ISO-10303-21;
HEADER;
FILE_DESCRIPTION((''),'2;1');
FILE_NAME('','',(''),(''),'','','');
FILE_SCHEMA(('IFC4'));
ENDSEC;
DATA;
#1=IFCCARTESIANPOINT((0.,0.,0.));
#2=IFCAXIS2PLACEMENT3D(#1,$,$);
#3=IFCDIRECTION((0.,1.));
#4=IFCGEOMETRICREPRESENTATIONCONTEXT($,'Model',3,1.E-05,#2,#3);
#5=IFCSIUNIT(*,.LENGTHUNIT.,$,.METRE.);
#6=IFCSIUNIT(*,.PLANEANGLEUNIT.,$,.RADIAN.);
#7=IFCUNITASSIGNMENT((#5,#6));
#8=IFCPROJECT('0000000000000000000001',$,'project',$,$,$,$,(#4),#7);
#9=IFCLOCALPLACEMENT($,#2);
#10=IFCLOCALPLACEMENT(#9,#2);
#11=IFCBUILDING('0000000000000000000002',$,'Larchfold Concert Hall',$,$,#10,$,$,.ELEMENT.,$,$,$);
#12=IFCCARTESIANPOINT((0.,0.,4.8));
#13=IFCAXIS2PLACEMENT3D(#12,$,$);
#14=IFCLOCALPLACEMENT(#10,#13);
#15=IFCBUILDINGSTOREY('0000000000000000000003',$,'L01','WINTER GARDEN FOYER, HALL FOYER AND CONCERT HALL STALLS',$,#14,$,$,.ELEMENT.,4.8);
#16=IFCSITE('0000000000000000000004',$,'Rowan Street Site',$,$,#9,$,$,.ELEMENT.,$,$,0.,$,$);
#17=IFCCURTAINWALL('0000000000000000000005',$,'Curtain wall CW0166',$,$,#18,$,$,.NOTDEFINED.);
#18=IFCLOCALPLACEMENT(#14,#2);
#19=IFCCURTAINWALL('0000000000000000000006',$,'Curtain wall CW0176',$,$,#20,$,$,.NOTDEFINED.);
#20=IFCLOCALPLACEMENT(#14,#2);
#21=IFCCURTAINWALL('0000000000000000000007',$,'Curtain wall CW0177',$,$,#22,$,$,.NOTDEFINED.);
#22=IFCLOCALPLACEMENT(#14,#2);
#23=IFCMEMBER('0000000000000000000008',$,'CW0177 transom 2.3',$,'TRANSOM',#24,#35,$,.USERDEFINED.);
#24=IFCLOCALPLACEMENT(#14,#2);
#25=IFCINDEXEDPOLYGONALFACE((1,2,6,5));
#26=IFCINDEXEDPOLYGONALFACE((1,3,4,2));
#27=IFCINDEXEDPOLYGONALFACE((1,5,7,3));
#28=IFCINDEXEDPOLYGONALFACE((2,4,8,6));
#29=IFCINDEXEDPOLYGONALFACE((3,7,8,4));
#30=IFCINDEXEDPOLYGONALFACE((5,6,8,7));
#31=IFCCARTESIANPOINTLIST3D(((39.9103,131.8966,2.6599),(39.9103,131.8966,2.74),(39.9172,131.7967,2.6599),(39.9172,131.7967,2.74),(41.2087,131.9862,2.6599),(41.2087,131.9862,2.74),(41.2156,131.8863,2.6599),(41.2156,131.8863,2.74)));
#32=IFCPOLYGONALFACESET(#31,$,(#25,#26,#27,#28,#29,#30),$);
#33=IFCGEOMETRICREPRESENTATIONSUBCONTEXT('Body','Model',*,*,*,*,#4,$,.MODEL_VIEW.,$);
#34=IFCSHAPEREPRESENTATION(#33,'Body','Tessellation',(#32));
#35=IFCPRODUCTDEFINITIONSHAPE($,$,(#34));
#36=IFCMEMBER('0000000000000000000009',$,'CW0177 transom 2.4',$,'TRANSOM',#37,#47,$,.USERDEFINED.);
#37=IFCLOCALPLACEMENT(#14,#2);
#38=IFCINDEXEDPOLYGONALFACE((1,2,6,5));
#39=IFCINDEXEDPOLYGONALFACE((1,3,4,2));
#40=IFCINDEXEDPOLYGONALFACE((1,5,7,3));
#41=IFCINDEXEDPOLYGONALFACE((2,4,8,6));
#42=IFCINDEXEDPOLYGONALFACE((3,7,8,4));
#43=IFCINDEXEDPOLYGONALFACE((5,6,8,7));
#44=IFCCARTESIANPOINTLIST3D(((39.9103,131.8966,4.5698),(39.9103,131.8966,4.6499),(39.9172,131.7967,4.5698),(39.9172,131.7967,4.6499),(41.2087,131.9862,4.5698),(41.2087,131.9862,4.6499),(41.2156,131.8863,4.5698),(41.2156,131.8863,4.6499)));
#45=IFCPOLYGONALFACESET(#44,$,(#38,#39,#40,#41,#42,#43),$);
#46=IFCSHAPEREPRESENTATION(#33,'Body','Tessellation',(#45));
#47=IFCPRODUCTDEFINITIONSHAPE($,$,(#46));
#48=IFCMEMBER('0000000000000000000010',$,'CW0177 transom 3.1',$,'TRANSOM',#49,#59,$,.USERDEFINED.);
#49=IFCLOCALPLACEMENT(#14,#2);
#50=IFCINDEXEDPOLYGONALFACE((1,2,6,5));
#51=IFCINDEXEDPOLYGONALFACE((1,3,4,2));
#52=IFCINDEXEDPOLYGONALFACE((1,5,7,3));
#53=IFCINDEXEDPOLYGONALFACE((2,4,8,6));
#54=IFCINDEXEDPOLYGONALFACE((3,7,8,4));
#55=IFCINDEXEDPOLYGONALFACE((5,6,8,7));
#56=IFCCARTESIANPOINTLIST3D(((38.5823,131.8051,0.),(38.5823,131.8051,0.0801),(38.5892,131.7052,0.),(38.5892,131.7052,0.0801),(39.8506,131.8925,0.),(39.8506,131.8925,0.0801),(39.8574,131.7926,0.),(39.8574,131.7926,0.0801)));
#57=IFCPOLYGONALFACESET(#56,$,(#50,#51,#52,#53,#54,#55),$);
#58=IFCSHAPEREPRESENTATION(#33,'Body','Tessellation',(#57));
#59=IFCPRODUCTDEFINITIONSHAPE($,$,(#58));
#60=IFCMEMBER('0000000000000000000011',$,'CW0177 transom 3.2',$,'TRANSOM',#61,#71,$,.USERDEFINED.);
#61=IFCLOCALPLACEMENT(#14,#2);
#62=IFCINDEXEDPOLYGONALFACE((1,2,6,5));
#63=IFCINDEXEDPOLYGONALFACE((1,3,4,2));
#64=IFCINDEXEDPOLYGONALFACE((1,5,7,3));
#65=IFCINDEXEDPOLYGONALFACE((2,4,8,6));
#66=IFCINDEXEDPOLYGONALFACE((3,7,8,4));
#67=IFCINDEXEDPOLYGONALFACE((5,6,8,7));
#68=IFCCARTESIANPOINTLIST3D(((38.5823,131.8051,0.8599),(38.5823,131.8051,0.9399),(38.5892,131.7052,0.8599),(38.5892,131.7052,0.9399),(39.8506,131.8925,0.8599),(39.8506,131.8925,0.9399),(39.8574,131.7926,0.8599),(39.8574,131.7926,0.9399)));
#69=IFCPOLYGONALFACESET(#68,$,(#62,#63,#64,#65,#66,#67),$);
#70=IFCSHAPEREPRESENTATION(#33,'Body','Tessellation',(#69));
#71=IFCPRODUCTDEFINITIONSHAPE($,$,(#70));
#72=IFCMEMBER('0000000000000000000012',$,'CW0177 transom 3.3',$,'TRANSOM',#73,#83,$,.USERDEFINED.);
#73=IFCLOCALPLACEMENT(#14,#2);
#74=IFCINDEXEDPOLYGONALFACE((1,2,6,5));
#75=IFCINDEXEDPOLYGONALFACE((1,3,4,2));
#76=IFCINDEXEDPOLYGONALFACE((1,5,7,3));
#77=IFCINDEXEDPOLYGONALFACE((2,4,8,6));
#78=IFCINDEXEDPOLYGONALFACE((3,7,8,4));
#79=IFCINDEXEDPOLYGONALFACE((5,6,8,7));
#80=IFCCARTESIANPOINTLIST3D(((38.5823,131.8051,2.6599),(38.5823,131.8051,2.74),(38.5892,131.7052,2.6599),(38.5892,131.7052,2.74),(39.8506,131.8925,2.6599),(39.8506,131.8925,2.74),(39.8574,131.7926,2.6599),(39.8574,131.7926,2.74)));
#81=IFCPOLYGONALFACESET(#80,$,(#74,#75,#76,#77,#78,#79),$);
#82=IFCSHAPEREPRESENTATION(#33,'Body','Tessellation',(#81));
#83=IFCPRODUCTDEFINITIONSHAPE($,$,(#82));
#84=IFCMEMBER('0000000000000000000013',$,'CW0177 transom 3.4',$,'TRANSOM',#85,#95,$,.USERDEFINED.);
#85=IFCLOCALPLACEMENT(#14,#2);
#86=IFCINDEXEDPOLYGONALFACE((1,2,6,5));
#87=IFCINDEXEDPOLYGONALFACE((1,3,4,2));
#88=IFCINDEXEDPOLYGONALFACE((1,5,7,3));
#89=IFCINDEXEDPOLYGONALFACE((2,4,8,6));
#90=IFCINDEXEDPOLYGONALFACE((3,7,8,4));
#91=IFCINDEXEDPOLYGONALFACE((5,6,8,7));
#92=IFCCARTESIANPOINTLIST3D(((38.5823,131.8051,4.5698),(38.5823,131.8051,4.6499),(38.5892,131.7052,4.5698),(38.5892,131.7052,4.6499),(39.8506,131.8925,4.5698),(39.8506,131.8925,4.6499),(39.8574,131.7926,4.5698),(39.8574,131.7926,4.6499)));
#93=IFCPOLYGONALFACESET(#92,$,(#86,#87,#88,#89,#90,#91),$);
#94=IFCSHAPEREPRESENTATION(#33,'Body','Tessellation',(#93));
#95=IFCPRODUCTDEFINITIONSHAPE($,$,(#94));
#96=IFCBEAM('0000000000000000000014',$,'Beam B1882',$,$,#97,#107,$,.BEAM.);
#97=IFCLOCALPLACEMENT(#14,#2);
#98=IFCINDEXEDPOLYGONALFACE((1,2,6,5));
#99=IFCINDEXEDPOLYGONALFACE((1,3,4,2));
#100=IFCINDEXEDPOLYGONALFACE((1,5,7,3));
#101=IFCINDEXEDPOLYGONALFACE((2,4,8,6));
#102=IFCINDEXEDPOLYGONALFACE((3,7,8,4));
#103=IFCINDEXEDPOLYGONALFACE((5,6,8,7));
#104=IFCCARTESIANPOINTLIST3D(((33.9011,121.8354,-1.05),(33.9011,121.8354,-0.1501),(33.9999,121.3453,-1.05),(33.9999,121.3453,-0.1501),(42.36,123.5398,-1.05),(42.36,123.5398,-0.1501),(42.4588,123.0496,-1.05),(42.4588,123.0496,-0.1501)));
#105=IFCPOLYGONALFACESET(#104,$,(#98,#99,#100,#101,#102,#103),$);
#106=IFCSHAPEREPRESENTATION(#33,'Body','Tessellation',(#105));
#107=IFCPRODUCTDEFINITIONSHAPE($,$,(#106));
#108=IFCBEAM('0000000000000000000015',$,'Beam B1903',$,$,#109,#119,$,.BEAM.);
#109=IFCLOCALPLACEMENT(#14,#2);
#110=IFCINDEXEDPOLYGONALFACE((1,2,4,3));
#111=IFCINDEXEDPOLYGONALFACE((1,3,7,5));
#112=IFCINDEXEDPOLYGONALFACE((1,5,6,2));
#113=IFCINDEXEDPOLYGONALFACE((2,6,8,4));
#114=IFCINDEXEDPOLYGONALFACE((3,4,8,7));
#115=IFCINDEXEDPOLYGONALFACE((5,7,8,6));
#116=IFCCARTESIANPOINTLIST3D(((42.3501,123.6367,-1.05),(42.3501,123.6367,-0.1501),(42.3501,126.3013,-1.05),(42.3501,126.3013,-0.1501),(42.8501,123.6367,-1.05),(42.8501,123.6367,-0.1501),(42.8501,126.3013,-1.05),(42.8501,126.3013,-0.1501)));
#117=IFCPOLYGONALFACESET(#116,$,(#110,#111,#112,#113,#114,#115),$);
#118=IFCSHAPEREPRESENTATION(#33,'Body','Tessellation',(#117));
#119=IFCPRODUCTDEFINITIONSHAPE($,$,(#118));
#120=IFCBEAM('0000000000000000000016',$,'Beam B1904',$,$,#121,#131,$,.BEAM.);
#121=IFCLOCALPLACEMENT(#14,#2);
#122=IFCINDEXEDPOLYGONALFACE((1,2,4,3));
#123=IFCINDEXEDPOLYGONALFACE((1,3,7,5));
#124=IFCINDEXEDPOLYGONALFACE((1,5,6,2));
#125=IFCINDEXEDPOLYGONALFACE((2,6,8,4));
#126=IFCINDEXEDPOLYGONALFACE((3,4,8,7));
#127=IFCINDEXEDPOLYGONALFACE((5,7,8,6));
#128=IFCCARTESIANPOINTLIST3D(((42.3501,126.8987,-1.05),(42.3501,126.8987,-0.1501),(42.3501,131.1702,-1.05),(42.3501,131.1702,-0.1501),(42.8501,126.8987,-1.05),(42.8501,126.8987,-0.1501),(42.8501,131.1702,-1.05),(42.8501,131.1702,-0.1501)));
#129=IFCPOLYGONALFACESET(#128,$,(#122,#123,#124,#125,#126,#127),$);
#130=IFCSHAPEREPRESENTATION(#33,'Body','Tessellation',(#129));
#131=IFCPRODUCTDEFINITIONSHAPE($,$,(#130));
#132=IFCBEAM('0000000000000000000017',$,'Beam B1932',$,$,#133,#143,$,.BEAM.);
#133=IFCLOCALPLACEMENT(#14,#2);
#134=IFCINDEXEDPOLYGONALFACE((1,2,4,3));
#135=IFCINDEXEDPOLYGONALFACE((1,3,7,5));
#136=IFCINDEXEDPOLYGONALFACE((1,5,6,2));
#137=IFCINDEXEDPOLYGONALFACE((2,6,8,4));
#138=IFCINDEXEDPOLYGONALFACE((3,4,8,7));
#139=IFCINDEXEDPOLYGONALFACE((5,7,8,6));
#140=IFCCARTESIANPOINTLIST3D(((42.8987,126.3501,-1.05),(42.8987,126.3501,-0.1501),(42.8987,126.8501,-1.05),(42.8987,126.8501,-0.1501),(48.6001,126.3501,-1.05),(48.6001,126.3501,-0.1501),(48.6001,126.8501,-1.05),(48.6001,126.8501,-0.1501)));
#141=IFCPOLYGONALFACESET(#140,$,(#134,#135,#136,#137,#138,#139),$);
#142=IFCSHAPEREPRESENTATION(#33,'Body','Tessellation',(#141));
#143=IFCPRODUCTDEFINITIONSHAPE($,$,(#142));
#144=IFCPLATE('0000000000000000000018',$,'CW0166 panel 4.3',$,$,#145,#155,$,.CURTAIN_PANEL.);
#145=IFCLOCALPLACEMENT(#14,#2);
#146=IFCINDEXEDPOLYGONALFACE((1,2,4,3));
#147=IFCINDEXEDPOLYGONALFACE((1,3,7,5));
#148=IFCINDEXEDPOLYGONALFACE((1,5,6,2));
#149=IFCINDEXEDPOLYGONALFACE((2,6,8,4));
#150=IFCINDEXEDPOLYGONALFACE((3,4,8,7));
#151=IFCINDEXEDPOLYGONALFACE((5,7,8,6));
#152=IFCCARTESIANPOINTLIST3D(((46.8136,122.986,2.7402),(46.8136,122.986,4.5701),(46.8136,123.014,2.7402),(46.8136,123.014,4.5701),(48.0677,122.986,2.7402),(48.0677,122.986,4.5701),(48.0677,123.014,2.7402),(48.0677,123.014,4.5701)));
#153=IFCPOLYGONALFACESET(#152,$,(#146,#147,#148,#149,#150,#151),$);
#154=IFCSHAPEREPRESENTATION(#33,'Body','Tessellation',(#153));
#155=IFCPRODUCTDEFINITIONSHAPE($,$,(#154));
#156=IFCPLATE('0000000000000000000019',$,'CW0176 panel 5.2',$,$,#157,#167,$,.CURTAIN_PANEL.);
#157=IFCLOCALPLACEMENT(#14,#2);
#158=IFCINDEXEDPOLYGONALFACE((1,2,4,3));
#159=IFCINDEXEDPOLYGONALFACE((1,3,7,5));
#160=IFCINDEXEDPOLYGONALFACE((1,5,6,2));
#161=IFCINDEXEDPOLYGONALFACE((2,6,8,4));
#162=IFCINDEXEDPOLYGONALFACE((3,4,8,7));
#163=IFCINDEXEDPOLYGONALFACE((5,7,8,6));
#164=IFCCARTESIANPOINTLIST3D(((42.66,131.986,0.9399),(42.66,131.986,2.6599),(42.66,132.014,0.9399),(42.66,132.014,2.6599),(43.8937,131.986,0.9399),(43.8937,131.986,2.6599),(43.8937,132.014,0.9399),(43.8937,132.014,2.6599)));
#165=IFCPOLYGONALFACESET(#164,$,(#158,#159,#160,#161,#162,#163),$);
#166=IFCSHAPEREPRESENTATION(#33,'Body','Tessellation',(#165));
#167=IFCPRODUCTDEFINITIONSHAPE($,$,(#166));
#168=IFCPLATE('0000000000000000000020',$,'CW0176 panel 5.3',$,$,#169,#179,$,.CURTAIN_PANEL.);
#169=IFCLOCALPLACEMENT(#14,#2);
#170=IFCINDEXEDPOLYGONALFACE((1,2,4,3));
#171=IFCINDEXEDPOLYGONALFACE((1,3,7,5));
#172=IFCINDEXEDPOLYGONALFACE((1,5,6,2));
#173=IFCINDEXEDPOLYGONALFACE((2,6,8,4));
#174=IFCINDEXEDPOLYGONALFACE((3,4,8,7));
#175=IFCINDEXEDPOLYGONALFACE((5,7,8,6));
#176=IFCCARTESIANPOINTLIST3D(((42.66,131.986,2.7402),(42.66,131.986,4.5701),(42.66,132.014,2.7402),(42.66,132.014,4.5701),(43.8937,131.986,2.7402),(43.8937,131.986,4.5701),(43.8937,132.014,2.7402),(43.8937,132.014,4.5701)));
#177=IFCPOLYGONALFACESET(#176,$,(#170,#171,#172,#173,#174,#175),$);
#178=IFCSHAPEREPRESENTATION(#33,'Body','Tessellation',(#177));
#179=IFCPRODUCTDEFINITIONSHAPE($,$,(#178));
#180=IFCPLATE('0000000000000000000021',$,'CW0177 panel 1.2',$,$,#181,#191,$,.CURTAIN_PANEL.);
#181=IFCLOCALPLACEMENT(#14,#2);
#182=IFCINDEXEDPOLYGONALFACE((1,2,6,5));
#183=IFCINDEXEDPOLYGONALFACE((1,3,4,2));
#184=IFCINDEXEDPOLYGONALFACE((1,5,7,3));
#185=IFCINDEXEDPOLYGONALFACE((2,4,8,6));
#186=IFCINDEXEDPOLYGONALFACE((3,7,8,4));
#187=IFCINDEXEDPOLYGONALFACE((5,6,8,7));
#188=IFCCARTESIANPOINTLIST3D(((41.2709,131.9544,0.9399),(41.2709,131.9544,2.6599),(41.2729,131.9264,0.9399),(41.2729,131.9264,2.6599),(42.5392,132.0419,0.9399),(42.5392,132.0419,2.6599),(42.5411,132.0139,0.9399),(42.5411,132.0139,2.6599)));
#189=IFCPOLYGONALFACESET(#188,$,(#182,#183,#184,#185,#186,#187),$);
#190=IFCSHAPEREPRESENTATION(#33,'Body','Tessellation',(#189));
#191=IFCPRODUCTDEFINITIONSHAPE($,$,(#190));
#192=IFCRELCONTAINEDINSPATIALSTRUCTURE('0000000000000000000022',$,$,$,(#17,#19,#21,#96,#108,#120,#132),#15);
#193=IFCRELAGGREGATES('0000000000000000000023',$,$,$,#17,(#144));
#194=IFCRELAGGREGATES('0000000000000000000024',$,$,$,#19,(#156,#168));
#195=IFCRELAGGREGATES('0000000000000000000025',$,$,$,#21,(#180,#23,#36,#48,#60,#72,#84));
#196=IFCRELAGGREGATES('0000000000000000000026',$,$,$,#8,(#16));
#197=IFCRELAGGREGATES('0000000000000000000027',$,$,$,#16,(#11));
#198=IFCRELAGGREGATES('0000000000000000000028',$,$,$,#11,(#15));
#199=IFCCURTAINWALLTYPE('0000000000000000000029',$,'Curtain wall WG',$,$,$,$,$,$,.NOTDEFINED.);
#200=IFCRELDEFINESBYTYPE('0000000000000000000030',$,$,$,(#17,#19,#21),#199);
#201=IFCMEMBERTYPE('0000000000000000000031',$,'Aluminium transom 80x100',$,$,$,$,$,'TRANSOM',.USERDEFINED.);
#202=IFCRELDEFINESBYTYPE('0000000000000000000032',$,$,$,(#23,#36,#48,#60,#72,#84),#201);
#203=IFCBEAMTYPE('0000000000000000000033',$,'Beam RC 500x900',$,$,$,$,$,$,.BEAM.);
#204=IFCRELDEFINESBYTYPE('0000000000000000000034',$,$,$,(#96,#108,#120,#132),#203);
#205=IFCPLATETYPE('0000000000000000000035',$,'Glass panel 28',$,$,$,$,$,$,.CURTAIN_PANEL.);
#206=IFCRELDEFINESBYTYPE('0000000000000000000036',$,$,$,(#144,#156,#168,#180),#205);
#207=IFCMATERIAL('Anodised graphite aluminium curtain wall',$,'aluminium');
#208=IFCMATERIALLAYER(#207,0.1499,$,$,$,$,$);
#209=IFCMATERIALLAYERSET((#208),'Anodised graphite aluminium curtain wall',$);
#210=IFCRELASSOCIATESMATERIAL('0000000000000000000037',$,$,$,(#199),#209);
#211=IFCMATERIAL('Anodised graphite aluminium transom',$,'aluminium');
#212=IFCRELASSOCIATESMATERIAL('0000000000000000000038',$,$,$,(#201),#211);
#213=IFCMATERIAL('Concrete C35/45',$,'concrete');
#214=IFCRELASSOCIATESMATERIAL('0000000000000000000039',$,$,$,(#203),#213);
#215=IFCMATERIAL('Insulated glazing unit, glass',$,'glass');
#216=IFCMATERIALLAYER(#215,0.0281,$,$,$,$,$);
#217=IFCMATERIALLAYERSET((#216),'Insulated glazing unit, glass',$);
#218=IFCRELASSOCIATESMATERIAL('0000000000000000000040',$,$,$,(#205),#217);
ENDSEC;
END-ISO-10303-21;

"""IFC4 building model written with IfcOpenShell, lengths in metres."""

from ifc_helpers import new_model, si_unit, direction, frame, origin, origin_2d, place, context, subcontext, project, spatial, rectangle, extrude, material, layer, layer_set, material_profile, profile_set, type_object, element, aggregate, save


model = new_model("IFC4")

# Units and contexts
model_context = context("Model", 3, precision=1e-05, world=origin(), true_north=direction((0.0, 1.0)))
body_context = subcontext(model_context, "Body", "Model", "MODEL_VIEW")
ifc_project = project(units=[si_unit("LENGTHUNIT", "METRE"), si_unit("PLANEANGLEUNIT", "RADIAN")], contexts=[model_context])

# Site, building, storey
site_placement = place(None, origin())
site = spatial("IfcSite", under=ifc_project, at=site_placement, Name="Rowan Street Site", CompositionType="ELEMENT", RefElevation=0.0)
building_placement = place(site_placement, origin())
building = spatial("IfcBuilding", under=site, at=building_placement, Name="Larchfold Concert Hall", CompositionType="ELEMENT")
storey_placement = place(building_placement, frame((0.0, 0.0, 4.8)))
storey = spatial("IfcBuildingStorey", under=building, at=storey_placement, Name="L01", Description="WINTER GARDEN FOYER, HALL FOYER AND CONCERT HALL STALLS", CompositionType="ELEMENT", Elevation=4.8)

# Curtain walls
ifc_material_1 = material(Name="Anodised graphite aluminium curtain wall", Category="aluminium")
ifc_layer_1 = layer(ifc_material_1, 0.1499)
ifc_layer_set_1 = layer_set([ifc_layer_1], Name="Anodised graphite aluminium curtain wall")
curtain_wall_type = type_object("IfcCurtainWallType", Name="Curtain wall WG", PredefinedType="NOTDEFINED", material=ifc_layer_set_1)
curtain_wall_1_placement = place(storey_placement, origin())
curtain_wall_1 = element("IfcCurtainWall", 1, at=curtain_wall_1_placement, inside=storey, type_object=curtain_wall_type, Name="Curtain wall CW0166", PredefinedType="NOTDEFINED")
curtain_wall_2_placement = place(storey_placement, origin())
curtain_wall_2 = element("IfcCurtainWall", 2, at=curtain_wall_2_placement, inside=storey, type_object=curtain_wall_type, Name="Curtain wall CW0176", PredefinedType="NOTDEFINED")

# Curtain wall
curtain_wall_3_placement = place(storey_placement, origin())
curtain_wall_3 = element("IfcCurtainWall", 3, at=curtain_wall_3_placement, inside=storey, type_object=curtain_wall_type, Name="Curtain wall CW0177", PredefinedType="NOTDEFINED")

# Members
ifc_material_2 = material(Name="Anodised graphite aluminium transom", Category="aluminium")
ifc_material_profile_1 = material_profile(ifc_material_2, rectangle(XDim=0.1001, YDim=0.0801, at=origin_2d()))
ifc_profile_set_1 = profile_set([ifc_material_profile_1], Name="Anodised graphite aluminium transom")
member_type_1 = type_object("IfcMemberType", Name="Aluminium transom 80x100", ElementType="TRANSOM", PredefinedType="USERDEFINED", material=ifc_profile_set_1)
member_1_placement = place(storey_placement, frame((41.2122, 131.9363, 2.7), z_axis=(-0.997627, -0.068847, 0.0), x_axis=(0.068847, -0.997627, 0.0)))
member_1 = element("IfcMember", 4, at=member_1_placement, type_object=member_type_1, Name="CW0177 transom 2.3", ObjectType="TRANSOM", PredefinedType="USERDEFINED", context=body_context, shape_type="SweptSolid", body=[
    extrude(rectangle(XDim=0.1001, YDim=0.0801, at=origin_2d()), origin(), (0.0, 0.0, 1.0), 1.3015),
])
member_2_placement = place(storey_placement, frame((41.2122, 131.9363, 4.6099), z_axis=(-0.997627, -0.068847, 0.0), x_axis=(0.068847, -0.997627, 0.0)))
member_2 = element("IfcMember", 5, at=member_2_placement, type_object=member_type_1, Name="CW0177 transom 2.4", ObjectType="TRANSOM", PredefinedType="USERDEFINED", context=body_context, shape_type="SweptSolid", body=[
    extrude(rectangle(XDim=0.1001, YDim=0.0801, at=origin_2d()), origin(), (0.0, 0.0, 1.0), 1.3015),
])
member_3_placement = place(storey_placement, frame((39.854, 131.8425, 0.04), z_axis=(-0.997634, -0.068749, 0.0), x_axis=(0.068749, -0.997634, 0.0)))
member_3 = element("IfcMember", 6, at=member_3_placement, type_object=member_type_1, Name="CW0177 transom 3.1", ObjectType="TRANSOM", PredefinedType="USERDEFINED", context=body_context, shape_type="SweptSolid", body=[
    extrude(rectangle(XDim=0.1001, YDim=0.0801, at=origin_2d()), origin(), (0.0, 0.0, 1.0), 1.2712),
])
member_4_placement = place(storey_placement, frame((39.854, 131.8425, 0.8999), z_axis=(-0.997634, -0.068749, 0.0), x_axis=(0.068749, -0.997634, 0.0)))
member_4 = element("IfcMember", 7, at=member_4_placement, type_object=member_type_1, Name="CW0177 transom 3.2", ObjectType="TRANSOM", PredefinedType="USERDEFINED", context=body_context, shape_type="SweptSolid", body=[
    extrude(rectangle(XDim=0.1001, YDim=0.0801, at=origin_2d()), origin(), (0.0, 0.0, 1.0), 1.2712),
])
member_5_placement = place(storey_placement, frame((39.854, 131.8425, 2.7), z_axis=(-0.997634, -0.068749, 0.0), x_axis=(0.068749, -0.997634, 0.0)))
member_5 = element("IfcMember", 8, at=member_5_placement, type_object=member_type_1, Name="CW0177 transom 3.3", ObjectType="TRANSOM", PredefinedType="USERDEFINED", context=body_context, shape_type="SweptSolid", body=[
    extrude(rectangle(XDim=0.1001, YDim=0.0801, at=origin_2d()), origin(), (0.0, 0.0, 1.0), 1.2712),
])
member_6_placement = place(storey_placement, frame((39.854, 131.8425, 4.6099), z_axis=(-0.997634, -0.068749, 0.0), x_axis=(0.068749, -0.997634, 0.0)))
member_6 = element("IfcMember", 9, at=member_6_placement, type_object=member_type_1, Name="CW0177 transom 3.4", ObjectType="TRANSOM", PredefinedType="USERDEFINED", context=body_context, shape_type="SweptSolid", body=[
    extrude(rectangle(XDim=0.1001, YDim=0.0801, at=origin_2d()), origin(), (0.0, 0.0, 1.0), 1.2712),
])

# Beams
ifc_material_3 = material(Name="Concrete C35/45", Category="concrete")
ifc_material_profile_2 = material_profile(ifc_material_3, rectangle(XDim=0.5, YDim=0.8999, at=origin_2d()))
ifc_profile_set_2 = profile_set([ifc_material_profile_2], Name="Concrete C35/45")
beam_type = type_object("IfcBeamType", Name="Beam RC 500x900", PredefinedType="BEAM", material=ifc_profile_set_2)
beam_1_placement = place(storey_placement, frame((42.4094, 123.2947, -0.6001), z_axis=(-0.9803, -0.197514, 0.0), x_axis=(0.197514, -0.9803, 0.0)))
element("IfcBeam", 10, at=beam_1_placement, inside=storey, type_object=beam_type, Name="Beam B1882", PredefinedType="BEAM", context=body_context, shape_type="SweptSolid", body=[
    extrude(rectangle(XDim=0.5, YDim=0.8999, at=origin_2d()), origin(), (0.0, 0.0, 1.0), 8.6289),
])
beam_2_placement = place(storey_placement, frame((42.6001, 123.6367, -0.6001), z_axis=(0.0, 1.0, 0.0), x_axis=(-1.0, 0.0, 0.0)))
element("IfcBeam", 11, at=beam_2_placement, inside=storey, type_object=beam_type, Name="Beam B1903", PredefinedType="BEAM", context=body_context, shape_type="SweptSolid", body=[
    extrude(rectangle(XDim=0.5, YDim=0.8999, at=origin_2d()), origin(), (0.0, 0.0, 1.0), 2.6646),
])
beam_3_placement = place(storey_placement, frame((42.6001, 126.8987, -0.6001), z_axis=(0.0, 1.0, 0.0), x_axis=(-1.0, 0.0, 0.0)))
element("IfcBeam", 12, at=beam_3_placement, inside=storey, type_object=beam_type, Name="Beam B1904", PredefinedType="BEAM", context=body_context, shape_type="SweptSolid", body=[
    extrude(rectangle(XDim=0.5, YDim=0.8999, at=origin_2d()), origin(), (0.0, 0.0, 1.0), 4.2715),
])
beam_4_placement = place(storey_placement, frame((42.8987, 126.6001, -0.6001), z_axis=(1.0, 0.0, 0.0), x_axis=(0.0, 1.0, 0.0)))
element("IfcBeam", 13, at=beam_4_placement, inside=storey, type_object=beam_type, Name="Beam B1932", PredefinedType="BEAM", context=body_context, shape_type="SweptSolid", body=[
    extrude(rectangle(XDim=0.5, YDim=0.8999, at=origin_2d()), origin(), (0.0, 0.0, 1.0), 5.7014),
])

# Plates
ifc_material_4 = material(Name="Insulated glazing unit, glass", Category="glass")
ifc_layer_2 = layer(ifc_material_4, 0.0281)
ifc_layer_set_2 = layer_set([ifc_layer_2], Name="Insulated glazing unit, glass")
plate_type_1 = type_object("IfcPlateType", Name="Glass panel 28", PredefinedType="CURTAIN_PANEL", material=ifc_layer_set_2)
plate_1_placement = place(storey_placement, frame((47.4407, 123.0, 2.7402), z_axis=(0.0, 0.0, 1.0), x_axis=(1.0, 0.0, 0.0)))
plate_1 = element("IfcPlate", 14, at=plate_1_placement, type_object=plate_type_1, Name="CW0166 panel 4.3", PredefinedType="CURTAIN_PANEL", context=body_context, shape_type="SweptSolid", body=[
    extrude(rectangle(XDim=1.2542, YDim=0.0281, at=origin_2d()), origin(), (0.0, 0.0, 1.0), 1.8298),
])
aggregate(curtain_wall_1, [plate_1])
plate_2_placement = place(storey_placement, frame((43.2769, 132.0, 0.9399), z_axis=(0.0, 0.0, 1.0), x_axis=(-1.0, 0.0, 0.0)))
plate_2 = element("IfcPlate", 15, at=plate_2_placement, type_object=plate_type_1, Name="CW0176 panel 5.2", PredefinedType="CURTAIN_PANEL", context=body_context, shape_type="SweptSolid", body=[
    extrude(rectangle(XDim=1.2336, YDim=0.0281, at=origin_2d()), origin(), (0.0, 0.0, 1.0), 1.72),
])
plate_3_placement = place(storey_placement, frame((43.2769, 132.0, 2.7402), z_axis=(0.0, 0.0, 1.0), x_axis=(-1.0, 0.0, 0.0)))
plate_3 = element("IfcPlate", 16, at=plate_3_placement, type_object=plate_type_1, Name="CW0176 panel 5.3", PredefinedType="CURTAIN_PANEL", context=body_context, shape_type="SweptSolid", body=[
    extrude(rectangle(XDim=1.2336, YDim=0.0281, at=origin_2d()), origin(), (0.0, 0.0, 1.0), 1.8298),
])
plate_4_placement = place(storey_placement, frame((41.906, 131.9841, 0.9399), z_axis=(0.0, 0.0, 1.0), x_axis=(-0.99763, -0.068808, 0.0)))
plate_4 = element("IfcPlate", 17, at=plate_4_placement, type_object=plate_type_1, Name="CW0177 panel 1.2", PredefinedType="CURTAIN_PANEL", context=body_context, shape_type="SweptSolid", body=[
    extrude(rectangle(XDim=1.2712, YDim=0.0281, at=origin_2d()), origin(), (0.0, 0.0, 1.0), 1.72),
])
aggregate(curtain_wall_2, [plate_2, plate_3])
aggregate(curtain_wall_3, [plate_4, member_1, member_2, member_3, member_4, member_5, member_6])

save(model, "model.ifc")
